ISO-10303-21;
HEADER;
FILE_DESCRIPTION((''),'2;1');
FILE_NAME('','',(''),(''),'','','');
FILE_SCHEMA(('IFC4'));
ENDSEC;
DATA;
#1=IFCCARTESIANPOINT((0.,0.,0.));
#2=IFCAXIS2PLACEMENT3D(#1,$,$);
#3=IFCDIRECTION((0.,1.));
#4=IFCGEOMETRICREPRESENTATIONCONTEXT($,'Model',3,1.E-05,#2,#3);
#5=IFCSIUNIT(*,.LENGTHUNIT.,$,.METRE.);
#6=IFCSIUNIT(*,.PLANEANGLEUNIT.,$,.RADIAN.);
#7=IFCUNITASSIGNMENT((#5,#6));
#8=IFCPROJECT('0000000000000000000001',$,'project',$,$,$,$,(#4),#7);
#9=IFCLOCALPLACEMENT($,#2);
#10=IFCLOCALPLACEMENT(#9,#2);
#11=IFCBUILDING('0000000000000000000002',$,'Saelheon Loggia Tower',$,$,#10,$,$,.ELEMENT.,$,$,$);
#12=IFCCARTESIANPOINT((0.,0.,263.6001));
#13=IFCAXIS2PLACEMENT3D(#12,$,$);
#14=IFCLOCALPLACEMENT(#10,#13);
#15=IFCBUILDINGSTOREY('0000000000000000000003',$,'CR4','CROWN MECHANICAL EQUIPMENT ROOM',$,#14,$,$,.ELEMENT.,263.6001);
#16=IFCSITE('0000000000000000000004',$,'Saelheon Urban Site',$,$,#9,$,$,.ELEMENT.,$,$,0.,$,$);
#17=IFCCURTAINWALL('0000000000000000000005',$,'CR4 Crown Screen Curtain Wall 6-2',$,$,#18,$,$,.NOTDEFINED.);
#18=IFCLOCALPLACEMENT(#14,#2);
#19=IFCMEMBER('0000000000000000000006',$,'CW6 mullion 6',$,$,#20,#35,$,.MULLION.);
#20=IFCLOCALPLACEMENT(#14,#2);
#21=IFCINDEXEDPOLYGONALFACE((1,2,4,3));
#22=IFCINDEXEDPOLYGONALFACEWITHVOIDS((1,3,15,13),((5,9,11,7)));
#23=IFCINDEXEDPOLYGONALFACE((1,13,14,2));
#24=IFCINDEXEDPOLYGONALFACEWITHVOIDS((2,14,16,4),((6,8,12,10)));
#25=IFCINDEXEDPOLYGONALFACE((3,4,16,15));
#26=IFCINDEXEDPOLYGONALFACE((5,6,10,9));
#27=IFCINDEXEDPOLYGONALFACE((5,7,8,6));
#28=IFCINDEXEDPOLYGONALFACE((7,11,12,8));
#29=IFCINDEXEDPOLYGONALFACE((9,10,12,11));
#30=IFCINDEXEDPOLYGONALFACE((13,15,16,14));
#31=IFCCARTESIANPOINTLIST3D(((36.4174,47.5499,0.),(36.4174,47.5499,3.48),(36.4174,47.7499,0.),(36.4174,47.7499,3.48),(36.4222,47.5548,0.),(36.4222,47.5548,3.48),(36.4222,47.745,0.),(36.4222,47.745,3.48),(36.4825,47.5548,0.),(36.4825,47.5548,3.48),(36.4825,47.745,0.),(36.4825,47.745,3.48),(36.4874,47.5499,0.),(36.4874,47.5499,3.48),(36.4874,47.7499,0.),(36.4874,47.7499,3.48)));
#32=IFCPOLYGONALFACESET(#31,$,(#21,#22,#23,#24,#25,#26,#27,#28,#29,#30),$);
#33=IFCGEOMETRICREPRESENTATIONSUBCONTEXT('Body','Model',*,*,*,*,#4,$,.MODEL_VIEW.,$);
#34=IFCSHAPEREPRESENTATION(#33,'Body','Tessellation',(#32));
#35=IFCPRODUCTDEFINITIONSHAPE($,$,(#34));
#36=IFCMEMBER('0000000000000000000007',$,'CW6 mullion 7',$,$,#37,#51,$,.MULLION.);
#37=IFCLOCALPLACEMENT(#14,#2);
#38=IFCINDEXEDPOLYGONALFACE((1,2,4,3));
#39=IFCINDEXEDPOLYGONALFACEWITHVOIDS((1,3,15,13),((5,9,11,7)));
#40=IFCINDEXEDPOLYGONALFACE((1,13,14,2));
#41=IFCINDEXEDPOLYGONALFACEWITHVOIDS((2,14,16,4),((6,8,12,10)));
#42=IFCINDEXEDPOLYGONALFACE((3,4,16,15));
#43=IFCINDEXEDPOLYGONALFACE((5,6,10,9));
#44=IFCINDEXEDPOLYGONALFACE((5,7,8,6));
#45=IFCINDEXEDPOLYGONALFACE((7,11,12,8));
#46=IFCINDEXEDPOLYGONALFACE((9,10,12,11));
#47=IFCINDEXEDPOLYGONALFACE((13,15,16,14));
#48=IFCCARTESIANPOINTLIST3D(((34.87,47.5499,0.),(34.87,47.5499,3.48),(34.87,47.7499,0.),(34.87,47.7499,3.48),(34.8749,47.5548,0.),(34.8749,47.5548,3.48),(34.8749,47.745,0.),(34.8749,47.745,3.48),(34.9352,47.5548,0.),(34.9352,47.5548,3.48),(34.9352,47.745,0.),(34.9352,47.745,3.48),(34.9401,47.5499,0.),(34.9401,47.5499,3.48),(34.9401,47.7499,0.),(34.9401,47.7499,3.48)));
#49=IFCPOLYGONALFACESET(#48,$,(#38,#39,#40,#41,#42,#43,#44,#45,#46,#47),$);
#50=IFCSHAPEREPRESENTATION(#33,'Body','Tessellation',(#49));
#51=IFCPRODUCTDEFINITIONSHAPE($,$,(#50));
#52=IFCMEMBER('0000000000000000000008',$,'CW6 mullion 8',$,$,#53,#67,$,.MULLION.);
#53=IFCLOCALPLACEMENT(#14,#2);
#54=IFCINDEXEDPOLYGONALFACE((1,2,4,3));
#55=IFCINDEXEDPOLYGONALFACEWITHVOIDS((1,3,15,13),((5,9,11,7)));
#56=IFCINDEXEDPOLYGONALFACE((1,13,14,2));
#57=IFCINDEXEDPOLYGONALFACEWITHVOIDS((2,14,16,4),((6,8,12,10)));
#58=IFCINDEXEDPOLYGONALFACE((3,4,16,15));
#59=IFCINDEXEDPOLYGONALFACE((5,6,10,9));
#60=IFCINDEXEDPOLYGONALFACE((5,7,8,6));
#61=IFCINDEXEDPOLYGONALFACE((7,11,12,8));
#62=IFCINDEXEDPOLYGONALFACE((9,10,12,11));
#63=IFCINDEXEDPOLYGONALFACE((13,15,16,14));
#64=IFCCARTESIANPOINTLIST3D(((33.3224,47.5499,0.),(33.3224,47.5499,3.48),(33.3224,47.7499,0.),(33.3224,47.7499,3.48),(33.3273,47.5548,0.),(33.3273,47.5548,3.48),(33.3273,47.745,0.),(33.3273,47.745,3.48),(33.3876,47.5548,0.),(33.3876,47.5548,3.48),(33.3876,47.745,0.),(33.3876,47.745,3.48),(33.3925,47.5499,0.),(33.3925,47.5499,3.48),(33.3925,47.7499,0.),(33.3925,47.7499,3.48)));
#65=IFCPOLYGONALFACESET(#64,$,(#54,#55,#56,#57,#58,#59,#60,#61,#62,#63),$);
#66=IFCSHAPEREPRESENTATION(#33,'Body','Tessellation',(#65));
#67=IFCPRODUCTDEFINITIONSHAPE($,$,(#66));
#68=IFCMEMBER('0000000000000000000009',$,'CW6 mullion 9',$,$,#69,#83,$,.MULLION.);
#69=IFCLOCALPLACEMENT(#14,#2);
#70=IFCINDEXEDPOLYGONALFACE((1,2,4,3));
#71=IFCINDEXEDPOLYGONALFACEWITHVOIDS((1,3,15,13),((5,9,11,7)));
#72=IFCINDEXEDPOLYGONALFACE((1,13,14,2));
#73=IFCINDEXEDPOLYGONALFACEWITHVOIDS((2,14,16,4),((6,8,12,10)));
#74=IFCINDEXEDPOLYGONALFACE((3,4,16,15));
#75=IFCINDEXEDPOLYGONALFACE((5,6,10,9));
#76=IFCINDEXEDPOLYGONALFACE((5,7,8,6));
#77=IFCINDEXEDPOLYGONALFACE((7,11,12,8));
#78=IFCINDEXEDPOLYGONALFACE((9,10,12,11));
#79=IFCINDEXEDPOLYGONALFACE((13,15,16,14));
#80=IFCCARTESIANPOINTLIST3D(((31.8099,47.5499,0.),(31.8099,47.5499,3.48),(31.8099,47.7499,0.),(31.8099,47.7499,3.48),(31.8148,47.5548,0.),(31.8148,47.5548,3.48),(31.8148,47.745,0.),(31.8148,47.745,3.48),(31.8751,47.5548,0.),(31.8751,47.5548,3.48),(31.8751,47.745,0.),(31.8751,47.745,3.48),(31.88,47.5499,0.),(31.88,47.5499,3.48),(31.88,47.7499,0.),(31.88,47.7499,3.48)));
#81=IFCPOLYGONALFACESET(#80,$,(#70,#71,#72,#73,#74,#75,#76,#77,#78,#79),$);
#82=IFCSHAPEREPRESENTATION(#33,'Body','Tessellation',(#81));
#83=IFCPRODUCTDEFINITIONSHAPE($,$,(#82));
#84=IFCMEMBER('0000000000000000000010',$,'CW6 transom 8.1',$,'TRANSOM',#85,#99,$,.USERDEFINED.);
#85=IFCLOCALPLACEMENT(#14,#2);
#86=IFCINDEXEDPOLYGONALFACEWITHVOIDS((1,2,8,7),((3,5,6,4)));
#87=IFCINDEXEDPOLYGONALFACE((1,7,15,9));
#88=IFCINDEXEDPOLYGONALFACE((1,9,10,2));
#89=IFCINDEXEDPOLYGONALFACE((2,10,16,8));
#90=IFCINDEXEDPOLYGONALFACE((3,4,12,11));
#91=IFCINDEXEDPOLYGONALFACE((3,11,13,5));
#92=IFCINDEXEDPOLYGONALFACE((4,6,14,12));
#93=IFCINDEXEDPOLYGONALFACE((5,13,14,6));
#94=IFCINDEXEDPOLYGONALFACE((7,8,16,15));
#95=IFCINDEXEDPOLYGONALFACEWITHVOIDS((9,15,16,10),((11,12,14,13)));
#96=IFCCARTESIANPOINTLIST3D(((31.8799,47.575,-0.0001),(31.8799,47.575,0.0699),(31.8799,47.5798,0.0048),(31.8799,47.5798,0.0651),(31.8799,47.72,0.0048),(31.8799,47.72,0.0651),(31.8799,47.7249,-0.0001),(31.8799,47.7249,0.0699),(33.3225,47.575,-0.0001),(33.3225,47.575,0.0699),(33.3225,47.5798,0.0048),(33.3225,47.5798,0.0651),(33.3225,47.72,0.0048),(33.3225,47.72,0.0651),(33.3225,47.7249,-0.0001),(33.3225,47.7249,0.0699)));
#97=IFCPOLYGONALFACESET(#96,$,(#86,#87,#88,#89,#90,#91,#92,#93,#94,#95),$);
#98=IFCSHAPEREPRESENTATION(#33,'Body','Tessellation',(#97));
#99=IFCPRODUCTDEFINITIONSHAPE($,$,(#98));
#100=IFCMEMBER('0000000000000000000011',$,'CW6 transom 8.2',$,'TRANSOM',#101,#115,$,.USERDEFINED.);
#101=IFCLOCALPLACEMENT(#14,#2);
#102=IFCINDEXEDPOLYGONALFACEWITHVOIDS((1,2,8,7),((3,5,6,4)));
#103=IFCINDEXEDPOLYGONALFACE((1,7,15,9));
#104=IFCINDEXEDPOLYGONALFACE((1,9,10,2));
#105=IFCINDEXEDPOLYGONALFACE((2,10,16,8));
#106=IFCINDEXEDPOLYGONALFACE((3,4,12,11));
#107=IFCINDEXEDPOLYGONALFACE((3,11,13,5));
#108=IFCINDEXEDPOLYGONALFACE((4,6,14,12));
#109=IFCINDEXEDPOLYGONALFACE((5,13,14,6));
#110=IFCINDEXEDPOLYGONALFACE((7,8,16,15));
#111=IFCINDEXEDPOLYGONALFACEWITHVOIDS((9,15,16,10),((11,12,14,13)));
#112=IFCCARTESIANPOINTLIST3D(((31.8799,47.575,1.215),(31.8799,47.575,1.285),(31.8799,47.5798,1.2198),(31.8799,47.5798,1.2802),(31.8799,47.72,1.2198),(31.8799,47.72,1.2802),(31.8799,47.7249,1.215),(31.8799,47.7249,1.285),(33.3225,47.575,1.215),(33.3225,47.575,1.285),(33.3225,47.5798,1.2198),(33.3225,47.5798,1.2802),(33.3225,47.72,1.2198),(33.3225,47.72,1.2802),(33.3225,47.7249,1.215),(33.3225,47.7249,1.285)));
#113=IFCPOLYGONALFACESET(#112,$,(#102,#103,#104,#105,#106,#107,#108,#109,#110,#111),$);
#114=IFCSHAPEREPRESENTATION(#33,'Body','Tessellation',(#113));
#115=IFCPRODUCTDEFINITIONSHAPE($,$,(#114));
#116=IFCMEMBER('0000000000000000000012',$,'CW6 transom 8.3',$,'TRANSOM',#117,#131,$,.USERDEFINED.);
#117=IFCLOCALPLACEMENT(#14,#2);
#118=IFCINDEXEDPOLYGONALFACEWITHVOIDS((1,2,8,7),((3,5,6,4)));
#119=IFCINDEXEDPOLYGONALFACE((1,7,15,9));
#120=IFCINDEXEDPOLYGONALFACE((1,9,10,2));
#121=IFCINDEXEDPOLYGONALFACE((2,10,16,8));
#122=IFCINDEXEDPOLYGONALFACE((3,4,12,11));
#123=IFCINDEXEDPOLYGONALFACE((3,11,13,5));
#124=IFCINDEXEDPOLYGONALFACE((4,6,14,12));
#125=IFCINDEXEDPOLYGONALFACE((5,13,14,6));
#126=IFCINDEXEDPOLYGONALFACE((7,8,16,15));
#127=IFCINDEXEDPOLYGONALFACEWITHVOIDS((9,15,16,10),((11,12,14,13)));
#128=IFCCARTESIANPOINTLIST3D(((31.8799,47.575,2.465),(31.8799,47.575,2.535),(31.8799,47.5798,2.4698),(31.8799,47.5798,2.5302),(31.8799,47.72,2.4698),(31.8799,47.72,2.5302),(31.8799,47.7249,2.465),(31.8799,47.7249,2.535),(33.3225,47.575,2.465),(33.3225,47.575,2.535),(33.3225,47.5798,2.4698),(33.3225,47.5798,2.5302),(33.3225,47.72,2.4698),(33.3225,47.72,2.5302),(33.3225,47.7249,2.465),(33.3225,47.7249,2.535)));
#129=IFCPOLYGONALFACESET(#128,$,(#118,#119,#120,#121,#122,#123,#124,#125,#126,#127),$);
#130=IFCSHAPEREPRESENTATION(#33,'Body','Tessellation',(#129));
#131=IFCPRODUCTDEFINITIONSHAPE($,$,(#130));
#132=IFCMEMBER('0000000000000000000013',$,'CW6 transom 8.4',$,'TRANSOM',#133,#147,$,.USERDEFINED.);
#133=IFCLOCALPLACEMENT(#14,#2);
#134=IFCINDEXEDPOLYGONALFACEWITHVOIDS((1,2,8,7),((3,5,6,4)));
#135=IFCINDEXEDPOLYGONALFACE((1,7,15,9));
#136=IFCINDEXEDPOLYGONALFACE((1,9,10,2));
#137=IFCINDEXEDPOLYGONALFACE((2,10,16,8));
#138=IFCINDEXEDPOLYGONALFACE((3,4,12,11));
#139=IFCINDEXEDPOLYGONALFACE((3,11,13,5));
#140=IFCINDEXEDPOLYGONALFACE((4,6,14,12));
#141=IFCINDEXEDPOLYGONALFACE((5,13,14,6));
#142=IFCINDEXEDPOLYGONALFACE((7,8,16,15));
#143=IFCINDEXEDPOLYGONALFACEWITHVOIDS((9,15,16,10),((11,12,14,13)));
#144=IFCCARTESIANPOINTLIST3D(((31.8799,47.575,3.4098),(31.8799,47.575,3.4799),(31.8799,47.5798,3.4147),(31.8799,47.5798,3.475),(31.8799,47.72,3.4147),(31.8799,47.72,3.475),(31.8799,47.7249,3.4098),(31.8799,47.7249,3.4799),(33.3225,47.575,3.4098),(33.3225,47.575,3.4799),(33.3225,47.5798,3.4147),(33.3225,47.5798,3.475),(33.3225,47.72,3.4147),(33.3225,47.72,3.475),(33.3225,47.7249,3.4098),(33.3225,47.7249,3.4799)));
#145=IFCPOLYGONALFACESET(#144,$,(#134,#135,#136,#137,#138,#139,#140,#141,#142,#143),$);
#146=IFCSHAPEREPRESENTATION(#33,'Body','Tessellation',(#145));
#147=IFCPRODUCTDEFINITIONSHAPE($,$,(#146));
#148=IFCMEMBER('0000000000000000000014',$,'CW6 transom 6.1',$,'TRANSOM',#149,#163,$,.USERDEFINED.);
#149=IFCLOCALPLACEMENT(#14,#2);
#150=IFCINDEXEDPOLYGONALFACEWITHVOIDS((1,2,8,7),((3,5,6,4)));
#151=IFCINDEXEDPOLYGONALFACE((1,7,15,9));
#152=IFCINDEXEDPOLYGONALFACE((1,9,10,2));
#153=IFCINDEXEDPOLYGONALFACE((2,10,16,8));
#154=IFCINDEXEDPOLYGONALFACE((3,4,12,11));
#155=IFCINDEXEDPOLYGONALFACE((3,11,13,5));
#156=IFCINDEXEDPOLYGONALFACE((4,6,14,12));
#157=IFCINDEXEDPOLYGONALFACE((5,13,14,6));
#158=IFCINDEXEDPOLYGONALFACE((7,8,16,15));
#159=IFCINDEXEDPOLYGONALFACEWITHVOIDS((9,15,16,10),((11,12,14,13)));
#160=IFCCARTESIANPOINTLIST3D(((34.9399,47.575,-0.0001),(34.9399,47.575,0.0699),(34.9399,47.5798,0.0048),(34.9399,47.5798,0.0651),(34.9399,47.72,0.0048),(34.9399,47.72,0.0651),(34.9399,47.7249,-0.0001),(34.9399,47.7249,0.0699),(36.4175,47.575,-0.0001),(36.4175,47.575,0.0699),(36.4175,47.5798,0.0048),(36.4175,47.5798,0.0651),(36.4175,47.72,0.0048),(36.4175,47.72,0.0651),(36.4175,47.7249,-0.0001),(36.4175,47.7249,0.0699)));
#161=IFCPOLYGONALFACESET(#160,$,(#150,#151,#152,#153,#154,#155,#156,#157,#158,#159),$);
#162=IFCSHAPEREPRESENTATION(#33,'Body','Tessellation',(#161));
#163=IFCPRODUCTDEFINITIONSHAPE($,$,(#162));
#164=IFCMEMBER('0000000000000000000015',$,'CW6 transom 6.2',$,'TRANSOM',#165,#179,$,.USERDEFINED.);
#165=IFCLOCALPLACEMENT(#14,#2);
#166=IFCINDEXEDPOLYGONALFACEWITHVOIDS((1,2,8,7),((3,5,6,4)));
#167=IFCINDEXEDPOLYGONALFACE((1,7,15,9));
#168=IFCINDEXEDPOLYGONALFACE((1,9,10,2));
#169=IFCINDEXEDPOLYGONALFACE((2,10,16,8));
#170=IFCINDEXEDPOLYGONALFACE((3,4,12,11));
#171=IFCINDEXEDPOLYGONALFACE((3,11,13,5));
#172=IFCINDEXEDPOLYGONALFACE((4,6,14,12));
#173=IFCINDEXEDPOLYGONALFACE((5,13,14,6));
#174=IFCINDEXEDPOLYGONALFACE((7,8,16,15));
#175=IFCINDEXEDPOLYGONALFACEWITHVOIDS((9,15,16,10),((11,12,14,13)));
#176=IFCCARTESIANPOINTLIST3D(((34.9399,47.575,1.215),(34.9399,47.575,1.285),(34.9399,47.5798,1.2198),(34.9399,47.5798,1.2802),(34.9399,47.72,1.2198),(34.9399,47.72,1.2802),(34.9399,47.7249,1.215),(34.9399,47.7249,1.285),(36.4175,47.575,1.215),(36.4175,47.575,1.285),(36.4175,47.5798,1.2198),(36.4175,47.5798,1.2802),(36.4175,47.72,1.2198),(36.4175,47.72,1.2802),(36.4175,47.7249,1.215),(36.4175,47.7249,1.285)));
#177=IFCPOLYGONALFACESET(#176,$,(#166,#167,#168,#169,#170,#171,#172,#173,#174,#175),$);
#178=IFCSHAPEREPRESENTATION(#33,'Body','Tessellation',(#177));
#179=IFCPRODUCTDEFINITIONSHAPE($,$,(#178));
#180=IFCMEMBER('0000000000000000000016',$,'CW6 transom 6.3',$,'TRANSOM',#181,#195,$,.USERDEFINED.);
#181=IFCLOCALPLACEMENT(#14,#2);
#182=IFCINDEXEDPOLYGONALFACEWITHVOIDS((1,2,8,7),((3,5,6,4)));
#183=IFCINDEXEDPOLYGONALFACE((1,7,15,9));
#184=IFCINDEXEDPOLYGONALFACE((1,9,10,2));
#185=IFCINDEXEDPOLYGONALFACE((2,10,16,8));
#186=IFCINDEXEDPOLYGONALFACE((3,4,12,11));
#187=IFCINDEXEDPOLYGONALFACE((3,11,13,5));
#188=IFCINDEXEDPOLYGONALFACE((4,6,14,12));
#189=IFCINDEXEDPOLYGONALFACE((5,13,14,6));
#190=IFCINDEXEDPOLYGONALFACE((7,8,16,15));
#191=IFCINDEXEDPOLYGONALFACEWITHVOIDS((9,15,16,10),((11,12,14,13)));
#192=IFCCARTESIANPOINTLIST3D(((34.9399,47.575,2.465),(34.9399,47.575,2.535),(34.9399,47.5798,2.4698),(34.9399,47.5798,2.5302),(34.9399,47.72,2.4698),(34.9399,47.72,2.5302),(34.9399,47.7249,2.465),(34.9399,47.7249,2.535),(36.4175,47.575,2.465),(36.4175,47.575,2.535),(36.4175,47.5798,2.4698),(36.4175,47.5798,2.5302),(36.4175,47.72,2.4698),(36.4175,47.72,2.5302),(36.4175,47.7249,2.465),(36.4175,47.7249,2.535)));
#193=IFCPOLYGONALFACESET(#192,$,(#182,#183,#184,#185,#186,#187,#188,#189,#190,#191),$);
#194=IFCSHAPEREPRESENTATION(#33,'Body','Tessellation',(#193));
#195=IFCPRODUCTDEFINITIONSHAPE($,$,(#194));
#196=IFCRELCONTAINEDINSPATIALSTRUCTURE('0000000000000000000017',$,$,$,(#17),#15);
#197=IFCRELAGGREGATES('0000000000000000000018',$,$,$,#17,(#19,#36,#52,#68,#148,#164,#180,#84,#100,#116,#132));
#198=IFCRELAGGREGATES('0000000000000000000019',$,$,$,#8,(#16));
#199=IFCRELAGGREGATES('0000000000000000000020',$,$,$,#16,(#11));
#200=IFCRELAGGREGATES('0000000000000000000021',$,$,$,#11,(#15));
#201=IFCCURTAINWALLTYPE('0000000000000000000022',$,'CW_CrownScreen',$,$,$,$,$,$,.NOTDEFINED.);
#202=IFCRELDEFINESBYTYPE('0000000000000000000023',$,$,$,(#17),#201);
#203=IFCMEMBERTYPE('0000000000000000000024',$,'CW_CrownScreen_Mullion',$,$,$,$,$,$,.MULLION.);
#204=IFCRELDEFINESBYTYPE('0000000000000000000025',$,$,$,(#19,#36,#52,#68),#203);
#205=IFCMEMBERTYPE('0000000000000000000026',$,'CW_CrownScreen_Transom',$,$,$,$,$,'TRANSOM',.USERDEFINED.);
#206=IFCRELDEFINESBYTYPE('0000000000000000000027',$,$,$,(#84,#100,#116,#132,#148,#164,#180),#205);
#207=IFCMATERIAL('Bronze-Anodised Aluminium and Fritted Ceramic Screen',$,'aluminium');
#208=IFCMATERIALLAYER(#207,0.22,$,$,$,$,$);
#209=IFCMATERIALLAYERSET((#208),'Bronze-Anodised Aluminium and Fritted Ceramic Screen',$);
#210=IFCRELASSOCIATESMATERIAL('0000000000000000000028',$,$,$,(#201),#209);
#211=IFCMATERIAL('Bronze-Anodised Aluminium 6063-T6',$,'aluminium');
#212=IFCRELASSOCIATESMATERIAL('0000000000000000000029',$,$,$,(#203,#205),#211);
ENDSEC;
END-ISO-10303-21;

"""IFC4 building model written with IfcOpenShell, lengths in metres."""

from ifc_helpers import new_model, si_unit, direction, frame, origin, origin_2d, place, context, subcontext, project, spatial, hollow_rectangle, extrude, source, transform, mapped, material, layer, layer_set, material_profile, profile_set, type_object, element, aggregate, save


model = new_model("IFC4")

# Units and contexts
model_context = context("Model", 3, precision=1e-05, world=origin(), true_north=direction((0.0, 1.0)))
body_context = subcontext(model_context, "Body", "Model", "MODEL_VIEW")
ifc_project = project(units=[si_unit("LENGTHUNIT", "METRE"), si_unit("PLANEANGLEUNIT", "RADIAN")], contexts=[model_context])

# Site, building, storey
site_placement = place(None, origin())
site = spatial("IfcSite", under=ifc_project, at=site_placement, Name="Saelheon Urban Site", CompositionType="ELEMENT", RefElevation=0.0)
building_placement = place(site_placement, origin())
building = spatial("IfcBuilding", under=site, at=building_placement, Name="Saelheon Loggia Tower", CompositionType="ELEMENT")
storey_placement = place(building_placement, frame((0.0, 0.0, 263.6001)))
storey = spatial("IfcBuildingStorey", under=building, at=storey_placement, Name="CR4", Description="CROWN MECHANICAL EQUIPMENT ROOM", CompositionType="ELEMENT", Elevation=263.6001)

# Curtain wall, members
ifc_material_1 = material(Name="Bronze-Anodised Aluminium and Fritted Ceramic Screen", Category="aluminium")
ifc_layer_1 = layer(ifc_material_1, 0.22)
ifc_layer_set_1 = layer_set([ifc_layer_1], Name="Bronze-Anodised Aluminium and Fritted Ceramic Screen")
curtain_wall_type = type_object("IfcCurtainWallType", Name="CW_CrownScreen", PredefinedType="NOTDEFINED", material=ifc_layer_set_1)
curtain_wall_placement = place(storey_placement, origin())
curtain_wall = element("IfcCurtainWall", 1, at=curtain_wall_placement, inside=storey, type_object=curtain_wall_type, Name="CR4 Crown Screen Curtain Wall 6-2", PredefinedType="NOTDEFINED")
ifc_material_2 = material(Name="Bronze-Anodised Aluminium 6063-T6", Category="aluminium")
ifc_material_profile_1 = material_profile(ifc_material_2, hollow_rectangle(XDim=0.0701, YDim=0.2, WallThickness=0.0049, at=origin_2d()), Name="RHS-200x70x5")
ifc_profile_set_1 = profile_set([ifc_material_profile_1], Name="Bronze-Anodised Aluminium 6063-T6")
member_type_1 = type_object("IfcMemberType", Name="CW_CrownScreen_Mullion", PredefinedType="MULLION", material=ifc_profile_set_1)
shared_shape_1 = source(origin(), body_context, "Body", "SweptSolid", [
    extrude(hollow_rectangle(XDim=0.0701, YDim=0.2, WallThickness=0.0049, at=origin_2d()), origin(), (0.0, 0.0, 1.0), 3.48),
])
member_1_placement = place(storey_placement, frame((36.4524, 47.6499, 0.0), z_axis=(0.0, 0.0, 1.0), x_axis=(-1.0, 0.0, 0.0)))
member_1 = element("IfcMember", 2, at=member_1_placement, type_object=member_type_1, Name="CW6 mullion 6", PredefinedType="MULLION", context=body_context, shape_type="MappedRepresentation", body=[
    mapped(shared_shape_1, transform((0.0, 0.0, 0.0), scale=1.0)),
])
member_2_placement = place(storey_placement, frame((34.905, 47.6499, 0.0), z_axis=(0.0, 0.0, 1.0), x_axis=(-1.0, 0.0, 0.0)))
member_2 = element("IfcMember", 3, at=member_2_placement, type_object=member_type_1, Name="CW6 mullion 7", PredefinedType="MULLION", context=body_context, shape_type="MappedRepresentation", body=[
    mapped(shared_shape_1, transform((0.0, 0.0, 0.0), scale=1.0)),
])
member_3_placement = place(storey_placement, frame((33.3574, 47.6499, 0.0), z_axis=(0.0, 0.0, 1.0), x_axis=(-1.0, 0.0, 0.0)))
member_3 = element("IfcMember", 4, at=member_3_placement, type_object=member_type_1, Name="CW6 mullion 8", PredefinedType="MULLION", context=body_context, shape_type="MappedRepresentation", body=[
    mapped(shared_shape_1, transform((0.0, 0.0, 0.0), scale=1.0)),
])
member_4_placement = place(storey_placement, frame((31.845, 47.6499, 0.0), z_axis=(0.0, 0.0, 1.0), x_axis=(-1.0, 0.0, 0.0)))
member_4 = element("IfcMember", 5, at=member_4_placement, type_object=member_type_1, Name="CW6 mullion 9", PredefinedType="MULLION", context=body_context, shape_type="MappedRepresentation", body=[
    mapped(shared_shape_1, transform((0.0, 0.0, 0.0), scale=1.0)),
])
ifc_material_profile_2 = material_profile(ifc_material_2, hollow_rectangle(XDim=0.0701, YDim=0.1499, WallThickness=0.0049, at=origin_2d()), Name="RHS-150x70x5")
ifc_profile_set_2 = profile_set([ifc_material_profile_2], Name="Bronze-Anodised Aluminium 6063-T6")
member_type_2 = type_object("IfcMemberType", Name="CW_CrownScreen_Transom", ElementType="TRANSOM", PredefinedType="USERDEFINED", material=ifc_profile_set_2)
shared_shape_2 = source(origin(), body_context, "Body", "SweptSolid", [
    extrude(hollow_rectangle(XDim=0.0701, YDim=0.1499, WallThickness=0.0049, at=origin_2d()), origin(), (0.0, 0.0, 1.0), 1.4426),
])
member_5_placement = place(storey_placement, frame((33.3225, 47.6499, 0.0349), z_axis=(-1.0, 0.0, 0.0), x_axis=(0.0, 0.0, 1.0)))
member_5 = element("IfcMember", 6, at=member_5_placement, type_object=member_type_2, Name="CW6 transom 8.1", ObjectType="TRANSOM", PredefinedType="USERDEFINED", context=body_context, shape_type="MappedRepresentation", body=[
    mapped(shared_shape_2, transform((0.0, 0.0, 0.0), scale=1.0)),
])
member_6_placement = place(storey_placement, frame((33.3225, 47.6499, 1.25), z_axis=(-1.0, 0.0, 0.0), x_axis=(0.0, 0.0, 1.0)))
member_6 = element("IfcMember", 7, at=member_6_placement, type_object=member_type_2, Name="CW6 transom 8.2", ObjectType="TRANSOM", PredefinedType="USERDEFINED", context=body_context, shape_type="MappedRepresentation", body=[
    mapped(shared_shape_2, transform((0.0, 0.0, 0.0), scale=1.0)),
])
member_7_placement = place(storey_placement, frame((33.3225, 47.6499, 2.5), z_axis=(-1.0, 0.0, 0.0), x_axis=(0.0, 0.0, 1.0)))
member_7 = element("IfcMember", 8, at=member_7_placement, type_object=member_type_2, Name="CW6 transom 8.3", ObjectType="TRANSOM", PredefinedType="USERDEFINED", context=body_context, shape_type="MappedRepresentation", body=[
    mapped(shared_shape_2, transform((0.0, 0.0, 0.0), scale=1.0)),
])
member_8_placement = place(storey_placement, frame((33.3225, 47.6499, 3.4448), z_axis=(-1.0, 0.0, 0.0), x_axis=(0.0, 0.0, 1.0)))
member_8 = element("IfcMember", 9, at=member_8_placement, type_object=member_type_2, Name="CW6 transom 8.4", ObjectType="TRANSOM", PredefinedType="USERDEFINED", context=body_context, shape_type="MappedRepresentation", body=[
    mapped(shared_shape_2, transform((0.0, 0.0, 0.0), scale=1.0)),
])
shared_shape_3 = source(origin(), body_context, "Body", "SweptSolid", [
    extrude(hollow_rectangle(XDim=0.0701, YDim=0.1499, WallThickness=0.0049, at=origin_2d()), origin(), (0.0, 0.0, 1.0), 1.4775),
])
member_9_placement = place(storey_placement, frame((36.4175, 47.6499, 0.0349), z_axis=(-1.0, 0.0, 0.0), x_axis=(0.0, 0.0, 1.0)))
member_9 = element("IfcMember", 10, at=member_9_placement, type_object=member_type_2, Name="CW6 transom 6.1", ObjectType="TRANSOM", PredefinedType="USERDEFINED", context=body_context, shape_type="MappedRepresentation", body=[
    mapped(shared_shape_3, transform((0.0, 0.0, 0.0), scale=1.0)),
])
member_10_placement = place(storey_placement, frame((36.4175, 47.6499, 1.25), z_axis=(-1.0, 0.0, 0.0), x_axis=(0.0, 0.0, 1.0)))
member_10 = element("IfcMember", 11, at=member_10_placement, type_object=member_type_2, Name="CW6 transom 6.2", ObjectType="TRANSOM", PredefinedType="USERDEFINED", context=body_context, shape_type="MappedRepresentation", body=[
    mapped(shared_shape_3, transform((0.0, 0.0, 0.0), scale=1.0)),
])
member_11_placement = place(storey_placement, frame((36.4175, 47.6499, 2.5), z_axis=(-1.0, 0.0, 0.0), x_axis=(0.0, 0.0, 1.0)))
member_11 = element("IfcMember", 12, at=member_11_placement, type_object=member_type_2, Name="CW6 transom 6.3", ObjectType="TRANSOM", PredefinedType="USERDEFINED", context=body_context, shape_type="MappedRepresentation", body=[
    mapped(shared_shape_3, transform((0.0, 0.0, 0.0), scale=1.0)),
])
aggregate(curtain_wall, [member_1, member_2, member_3, member_4, member_9, member_10, member_11, member_5, member_6, member_7, member_8])

save(model, "model.ifc")
